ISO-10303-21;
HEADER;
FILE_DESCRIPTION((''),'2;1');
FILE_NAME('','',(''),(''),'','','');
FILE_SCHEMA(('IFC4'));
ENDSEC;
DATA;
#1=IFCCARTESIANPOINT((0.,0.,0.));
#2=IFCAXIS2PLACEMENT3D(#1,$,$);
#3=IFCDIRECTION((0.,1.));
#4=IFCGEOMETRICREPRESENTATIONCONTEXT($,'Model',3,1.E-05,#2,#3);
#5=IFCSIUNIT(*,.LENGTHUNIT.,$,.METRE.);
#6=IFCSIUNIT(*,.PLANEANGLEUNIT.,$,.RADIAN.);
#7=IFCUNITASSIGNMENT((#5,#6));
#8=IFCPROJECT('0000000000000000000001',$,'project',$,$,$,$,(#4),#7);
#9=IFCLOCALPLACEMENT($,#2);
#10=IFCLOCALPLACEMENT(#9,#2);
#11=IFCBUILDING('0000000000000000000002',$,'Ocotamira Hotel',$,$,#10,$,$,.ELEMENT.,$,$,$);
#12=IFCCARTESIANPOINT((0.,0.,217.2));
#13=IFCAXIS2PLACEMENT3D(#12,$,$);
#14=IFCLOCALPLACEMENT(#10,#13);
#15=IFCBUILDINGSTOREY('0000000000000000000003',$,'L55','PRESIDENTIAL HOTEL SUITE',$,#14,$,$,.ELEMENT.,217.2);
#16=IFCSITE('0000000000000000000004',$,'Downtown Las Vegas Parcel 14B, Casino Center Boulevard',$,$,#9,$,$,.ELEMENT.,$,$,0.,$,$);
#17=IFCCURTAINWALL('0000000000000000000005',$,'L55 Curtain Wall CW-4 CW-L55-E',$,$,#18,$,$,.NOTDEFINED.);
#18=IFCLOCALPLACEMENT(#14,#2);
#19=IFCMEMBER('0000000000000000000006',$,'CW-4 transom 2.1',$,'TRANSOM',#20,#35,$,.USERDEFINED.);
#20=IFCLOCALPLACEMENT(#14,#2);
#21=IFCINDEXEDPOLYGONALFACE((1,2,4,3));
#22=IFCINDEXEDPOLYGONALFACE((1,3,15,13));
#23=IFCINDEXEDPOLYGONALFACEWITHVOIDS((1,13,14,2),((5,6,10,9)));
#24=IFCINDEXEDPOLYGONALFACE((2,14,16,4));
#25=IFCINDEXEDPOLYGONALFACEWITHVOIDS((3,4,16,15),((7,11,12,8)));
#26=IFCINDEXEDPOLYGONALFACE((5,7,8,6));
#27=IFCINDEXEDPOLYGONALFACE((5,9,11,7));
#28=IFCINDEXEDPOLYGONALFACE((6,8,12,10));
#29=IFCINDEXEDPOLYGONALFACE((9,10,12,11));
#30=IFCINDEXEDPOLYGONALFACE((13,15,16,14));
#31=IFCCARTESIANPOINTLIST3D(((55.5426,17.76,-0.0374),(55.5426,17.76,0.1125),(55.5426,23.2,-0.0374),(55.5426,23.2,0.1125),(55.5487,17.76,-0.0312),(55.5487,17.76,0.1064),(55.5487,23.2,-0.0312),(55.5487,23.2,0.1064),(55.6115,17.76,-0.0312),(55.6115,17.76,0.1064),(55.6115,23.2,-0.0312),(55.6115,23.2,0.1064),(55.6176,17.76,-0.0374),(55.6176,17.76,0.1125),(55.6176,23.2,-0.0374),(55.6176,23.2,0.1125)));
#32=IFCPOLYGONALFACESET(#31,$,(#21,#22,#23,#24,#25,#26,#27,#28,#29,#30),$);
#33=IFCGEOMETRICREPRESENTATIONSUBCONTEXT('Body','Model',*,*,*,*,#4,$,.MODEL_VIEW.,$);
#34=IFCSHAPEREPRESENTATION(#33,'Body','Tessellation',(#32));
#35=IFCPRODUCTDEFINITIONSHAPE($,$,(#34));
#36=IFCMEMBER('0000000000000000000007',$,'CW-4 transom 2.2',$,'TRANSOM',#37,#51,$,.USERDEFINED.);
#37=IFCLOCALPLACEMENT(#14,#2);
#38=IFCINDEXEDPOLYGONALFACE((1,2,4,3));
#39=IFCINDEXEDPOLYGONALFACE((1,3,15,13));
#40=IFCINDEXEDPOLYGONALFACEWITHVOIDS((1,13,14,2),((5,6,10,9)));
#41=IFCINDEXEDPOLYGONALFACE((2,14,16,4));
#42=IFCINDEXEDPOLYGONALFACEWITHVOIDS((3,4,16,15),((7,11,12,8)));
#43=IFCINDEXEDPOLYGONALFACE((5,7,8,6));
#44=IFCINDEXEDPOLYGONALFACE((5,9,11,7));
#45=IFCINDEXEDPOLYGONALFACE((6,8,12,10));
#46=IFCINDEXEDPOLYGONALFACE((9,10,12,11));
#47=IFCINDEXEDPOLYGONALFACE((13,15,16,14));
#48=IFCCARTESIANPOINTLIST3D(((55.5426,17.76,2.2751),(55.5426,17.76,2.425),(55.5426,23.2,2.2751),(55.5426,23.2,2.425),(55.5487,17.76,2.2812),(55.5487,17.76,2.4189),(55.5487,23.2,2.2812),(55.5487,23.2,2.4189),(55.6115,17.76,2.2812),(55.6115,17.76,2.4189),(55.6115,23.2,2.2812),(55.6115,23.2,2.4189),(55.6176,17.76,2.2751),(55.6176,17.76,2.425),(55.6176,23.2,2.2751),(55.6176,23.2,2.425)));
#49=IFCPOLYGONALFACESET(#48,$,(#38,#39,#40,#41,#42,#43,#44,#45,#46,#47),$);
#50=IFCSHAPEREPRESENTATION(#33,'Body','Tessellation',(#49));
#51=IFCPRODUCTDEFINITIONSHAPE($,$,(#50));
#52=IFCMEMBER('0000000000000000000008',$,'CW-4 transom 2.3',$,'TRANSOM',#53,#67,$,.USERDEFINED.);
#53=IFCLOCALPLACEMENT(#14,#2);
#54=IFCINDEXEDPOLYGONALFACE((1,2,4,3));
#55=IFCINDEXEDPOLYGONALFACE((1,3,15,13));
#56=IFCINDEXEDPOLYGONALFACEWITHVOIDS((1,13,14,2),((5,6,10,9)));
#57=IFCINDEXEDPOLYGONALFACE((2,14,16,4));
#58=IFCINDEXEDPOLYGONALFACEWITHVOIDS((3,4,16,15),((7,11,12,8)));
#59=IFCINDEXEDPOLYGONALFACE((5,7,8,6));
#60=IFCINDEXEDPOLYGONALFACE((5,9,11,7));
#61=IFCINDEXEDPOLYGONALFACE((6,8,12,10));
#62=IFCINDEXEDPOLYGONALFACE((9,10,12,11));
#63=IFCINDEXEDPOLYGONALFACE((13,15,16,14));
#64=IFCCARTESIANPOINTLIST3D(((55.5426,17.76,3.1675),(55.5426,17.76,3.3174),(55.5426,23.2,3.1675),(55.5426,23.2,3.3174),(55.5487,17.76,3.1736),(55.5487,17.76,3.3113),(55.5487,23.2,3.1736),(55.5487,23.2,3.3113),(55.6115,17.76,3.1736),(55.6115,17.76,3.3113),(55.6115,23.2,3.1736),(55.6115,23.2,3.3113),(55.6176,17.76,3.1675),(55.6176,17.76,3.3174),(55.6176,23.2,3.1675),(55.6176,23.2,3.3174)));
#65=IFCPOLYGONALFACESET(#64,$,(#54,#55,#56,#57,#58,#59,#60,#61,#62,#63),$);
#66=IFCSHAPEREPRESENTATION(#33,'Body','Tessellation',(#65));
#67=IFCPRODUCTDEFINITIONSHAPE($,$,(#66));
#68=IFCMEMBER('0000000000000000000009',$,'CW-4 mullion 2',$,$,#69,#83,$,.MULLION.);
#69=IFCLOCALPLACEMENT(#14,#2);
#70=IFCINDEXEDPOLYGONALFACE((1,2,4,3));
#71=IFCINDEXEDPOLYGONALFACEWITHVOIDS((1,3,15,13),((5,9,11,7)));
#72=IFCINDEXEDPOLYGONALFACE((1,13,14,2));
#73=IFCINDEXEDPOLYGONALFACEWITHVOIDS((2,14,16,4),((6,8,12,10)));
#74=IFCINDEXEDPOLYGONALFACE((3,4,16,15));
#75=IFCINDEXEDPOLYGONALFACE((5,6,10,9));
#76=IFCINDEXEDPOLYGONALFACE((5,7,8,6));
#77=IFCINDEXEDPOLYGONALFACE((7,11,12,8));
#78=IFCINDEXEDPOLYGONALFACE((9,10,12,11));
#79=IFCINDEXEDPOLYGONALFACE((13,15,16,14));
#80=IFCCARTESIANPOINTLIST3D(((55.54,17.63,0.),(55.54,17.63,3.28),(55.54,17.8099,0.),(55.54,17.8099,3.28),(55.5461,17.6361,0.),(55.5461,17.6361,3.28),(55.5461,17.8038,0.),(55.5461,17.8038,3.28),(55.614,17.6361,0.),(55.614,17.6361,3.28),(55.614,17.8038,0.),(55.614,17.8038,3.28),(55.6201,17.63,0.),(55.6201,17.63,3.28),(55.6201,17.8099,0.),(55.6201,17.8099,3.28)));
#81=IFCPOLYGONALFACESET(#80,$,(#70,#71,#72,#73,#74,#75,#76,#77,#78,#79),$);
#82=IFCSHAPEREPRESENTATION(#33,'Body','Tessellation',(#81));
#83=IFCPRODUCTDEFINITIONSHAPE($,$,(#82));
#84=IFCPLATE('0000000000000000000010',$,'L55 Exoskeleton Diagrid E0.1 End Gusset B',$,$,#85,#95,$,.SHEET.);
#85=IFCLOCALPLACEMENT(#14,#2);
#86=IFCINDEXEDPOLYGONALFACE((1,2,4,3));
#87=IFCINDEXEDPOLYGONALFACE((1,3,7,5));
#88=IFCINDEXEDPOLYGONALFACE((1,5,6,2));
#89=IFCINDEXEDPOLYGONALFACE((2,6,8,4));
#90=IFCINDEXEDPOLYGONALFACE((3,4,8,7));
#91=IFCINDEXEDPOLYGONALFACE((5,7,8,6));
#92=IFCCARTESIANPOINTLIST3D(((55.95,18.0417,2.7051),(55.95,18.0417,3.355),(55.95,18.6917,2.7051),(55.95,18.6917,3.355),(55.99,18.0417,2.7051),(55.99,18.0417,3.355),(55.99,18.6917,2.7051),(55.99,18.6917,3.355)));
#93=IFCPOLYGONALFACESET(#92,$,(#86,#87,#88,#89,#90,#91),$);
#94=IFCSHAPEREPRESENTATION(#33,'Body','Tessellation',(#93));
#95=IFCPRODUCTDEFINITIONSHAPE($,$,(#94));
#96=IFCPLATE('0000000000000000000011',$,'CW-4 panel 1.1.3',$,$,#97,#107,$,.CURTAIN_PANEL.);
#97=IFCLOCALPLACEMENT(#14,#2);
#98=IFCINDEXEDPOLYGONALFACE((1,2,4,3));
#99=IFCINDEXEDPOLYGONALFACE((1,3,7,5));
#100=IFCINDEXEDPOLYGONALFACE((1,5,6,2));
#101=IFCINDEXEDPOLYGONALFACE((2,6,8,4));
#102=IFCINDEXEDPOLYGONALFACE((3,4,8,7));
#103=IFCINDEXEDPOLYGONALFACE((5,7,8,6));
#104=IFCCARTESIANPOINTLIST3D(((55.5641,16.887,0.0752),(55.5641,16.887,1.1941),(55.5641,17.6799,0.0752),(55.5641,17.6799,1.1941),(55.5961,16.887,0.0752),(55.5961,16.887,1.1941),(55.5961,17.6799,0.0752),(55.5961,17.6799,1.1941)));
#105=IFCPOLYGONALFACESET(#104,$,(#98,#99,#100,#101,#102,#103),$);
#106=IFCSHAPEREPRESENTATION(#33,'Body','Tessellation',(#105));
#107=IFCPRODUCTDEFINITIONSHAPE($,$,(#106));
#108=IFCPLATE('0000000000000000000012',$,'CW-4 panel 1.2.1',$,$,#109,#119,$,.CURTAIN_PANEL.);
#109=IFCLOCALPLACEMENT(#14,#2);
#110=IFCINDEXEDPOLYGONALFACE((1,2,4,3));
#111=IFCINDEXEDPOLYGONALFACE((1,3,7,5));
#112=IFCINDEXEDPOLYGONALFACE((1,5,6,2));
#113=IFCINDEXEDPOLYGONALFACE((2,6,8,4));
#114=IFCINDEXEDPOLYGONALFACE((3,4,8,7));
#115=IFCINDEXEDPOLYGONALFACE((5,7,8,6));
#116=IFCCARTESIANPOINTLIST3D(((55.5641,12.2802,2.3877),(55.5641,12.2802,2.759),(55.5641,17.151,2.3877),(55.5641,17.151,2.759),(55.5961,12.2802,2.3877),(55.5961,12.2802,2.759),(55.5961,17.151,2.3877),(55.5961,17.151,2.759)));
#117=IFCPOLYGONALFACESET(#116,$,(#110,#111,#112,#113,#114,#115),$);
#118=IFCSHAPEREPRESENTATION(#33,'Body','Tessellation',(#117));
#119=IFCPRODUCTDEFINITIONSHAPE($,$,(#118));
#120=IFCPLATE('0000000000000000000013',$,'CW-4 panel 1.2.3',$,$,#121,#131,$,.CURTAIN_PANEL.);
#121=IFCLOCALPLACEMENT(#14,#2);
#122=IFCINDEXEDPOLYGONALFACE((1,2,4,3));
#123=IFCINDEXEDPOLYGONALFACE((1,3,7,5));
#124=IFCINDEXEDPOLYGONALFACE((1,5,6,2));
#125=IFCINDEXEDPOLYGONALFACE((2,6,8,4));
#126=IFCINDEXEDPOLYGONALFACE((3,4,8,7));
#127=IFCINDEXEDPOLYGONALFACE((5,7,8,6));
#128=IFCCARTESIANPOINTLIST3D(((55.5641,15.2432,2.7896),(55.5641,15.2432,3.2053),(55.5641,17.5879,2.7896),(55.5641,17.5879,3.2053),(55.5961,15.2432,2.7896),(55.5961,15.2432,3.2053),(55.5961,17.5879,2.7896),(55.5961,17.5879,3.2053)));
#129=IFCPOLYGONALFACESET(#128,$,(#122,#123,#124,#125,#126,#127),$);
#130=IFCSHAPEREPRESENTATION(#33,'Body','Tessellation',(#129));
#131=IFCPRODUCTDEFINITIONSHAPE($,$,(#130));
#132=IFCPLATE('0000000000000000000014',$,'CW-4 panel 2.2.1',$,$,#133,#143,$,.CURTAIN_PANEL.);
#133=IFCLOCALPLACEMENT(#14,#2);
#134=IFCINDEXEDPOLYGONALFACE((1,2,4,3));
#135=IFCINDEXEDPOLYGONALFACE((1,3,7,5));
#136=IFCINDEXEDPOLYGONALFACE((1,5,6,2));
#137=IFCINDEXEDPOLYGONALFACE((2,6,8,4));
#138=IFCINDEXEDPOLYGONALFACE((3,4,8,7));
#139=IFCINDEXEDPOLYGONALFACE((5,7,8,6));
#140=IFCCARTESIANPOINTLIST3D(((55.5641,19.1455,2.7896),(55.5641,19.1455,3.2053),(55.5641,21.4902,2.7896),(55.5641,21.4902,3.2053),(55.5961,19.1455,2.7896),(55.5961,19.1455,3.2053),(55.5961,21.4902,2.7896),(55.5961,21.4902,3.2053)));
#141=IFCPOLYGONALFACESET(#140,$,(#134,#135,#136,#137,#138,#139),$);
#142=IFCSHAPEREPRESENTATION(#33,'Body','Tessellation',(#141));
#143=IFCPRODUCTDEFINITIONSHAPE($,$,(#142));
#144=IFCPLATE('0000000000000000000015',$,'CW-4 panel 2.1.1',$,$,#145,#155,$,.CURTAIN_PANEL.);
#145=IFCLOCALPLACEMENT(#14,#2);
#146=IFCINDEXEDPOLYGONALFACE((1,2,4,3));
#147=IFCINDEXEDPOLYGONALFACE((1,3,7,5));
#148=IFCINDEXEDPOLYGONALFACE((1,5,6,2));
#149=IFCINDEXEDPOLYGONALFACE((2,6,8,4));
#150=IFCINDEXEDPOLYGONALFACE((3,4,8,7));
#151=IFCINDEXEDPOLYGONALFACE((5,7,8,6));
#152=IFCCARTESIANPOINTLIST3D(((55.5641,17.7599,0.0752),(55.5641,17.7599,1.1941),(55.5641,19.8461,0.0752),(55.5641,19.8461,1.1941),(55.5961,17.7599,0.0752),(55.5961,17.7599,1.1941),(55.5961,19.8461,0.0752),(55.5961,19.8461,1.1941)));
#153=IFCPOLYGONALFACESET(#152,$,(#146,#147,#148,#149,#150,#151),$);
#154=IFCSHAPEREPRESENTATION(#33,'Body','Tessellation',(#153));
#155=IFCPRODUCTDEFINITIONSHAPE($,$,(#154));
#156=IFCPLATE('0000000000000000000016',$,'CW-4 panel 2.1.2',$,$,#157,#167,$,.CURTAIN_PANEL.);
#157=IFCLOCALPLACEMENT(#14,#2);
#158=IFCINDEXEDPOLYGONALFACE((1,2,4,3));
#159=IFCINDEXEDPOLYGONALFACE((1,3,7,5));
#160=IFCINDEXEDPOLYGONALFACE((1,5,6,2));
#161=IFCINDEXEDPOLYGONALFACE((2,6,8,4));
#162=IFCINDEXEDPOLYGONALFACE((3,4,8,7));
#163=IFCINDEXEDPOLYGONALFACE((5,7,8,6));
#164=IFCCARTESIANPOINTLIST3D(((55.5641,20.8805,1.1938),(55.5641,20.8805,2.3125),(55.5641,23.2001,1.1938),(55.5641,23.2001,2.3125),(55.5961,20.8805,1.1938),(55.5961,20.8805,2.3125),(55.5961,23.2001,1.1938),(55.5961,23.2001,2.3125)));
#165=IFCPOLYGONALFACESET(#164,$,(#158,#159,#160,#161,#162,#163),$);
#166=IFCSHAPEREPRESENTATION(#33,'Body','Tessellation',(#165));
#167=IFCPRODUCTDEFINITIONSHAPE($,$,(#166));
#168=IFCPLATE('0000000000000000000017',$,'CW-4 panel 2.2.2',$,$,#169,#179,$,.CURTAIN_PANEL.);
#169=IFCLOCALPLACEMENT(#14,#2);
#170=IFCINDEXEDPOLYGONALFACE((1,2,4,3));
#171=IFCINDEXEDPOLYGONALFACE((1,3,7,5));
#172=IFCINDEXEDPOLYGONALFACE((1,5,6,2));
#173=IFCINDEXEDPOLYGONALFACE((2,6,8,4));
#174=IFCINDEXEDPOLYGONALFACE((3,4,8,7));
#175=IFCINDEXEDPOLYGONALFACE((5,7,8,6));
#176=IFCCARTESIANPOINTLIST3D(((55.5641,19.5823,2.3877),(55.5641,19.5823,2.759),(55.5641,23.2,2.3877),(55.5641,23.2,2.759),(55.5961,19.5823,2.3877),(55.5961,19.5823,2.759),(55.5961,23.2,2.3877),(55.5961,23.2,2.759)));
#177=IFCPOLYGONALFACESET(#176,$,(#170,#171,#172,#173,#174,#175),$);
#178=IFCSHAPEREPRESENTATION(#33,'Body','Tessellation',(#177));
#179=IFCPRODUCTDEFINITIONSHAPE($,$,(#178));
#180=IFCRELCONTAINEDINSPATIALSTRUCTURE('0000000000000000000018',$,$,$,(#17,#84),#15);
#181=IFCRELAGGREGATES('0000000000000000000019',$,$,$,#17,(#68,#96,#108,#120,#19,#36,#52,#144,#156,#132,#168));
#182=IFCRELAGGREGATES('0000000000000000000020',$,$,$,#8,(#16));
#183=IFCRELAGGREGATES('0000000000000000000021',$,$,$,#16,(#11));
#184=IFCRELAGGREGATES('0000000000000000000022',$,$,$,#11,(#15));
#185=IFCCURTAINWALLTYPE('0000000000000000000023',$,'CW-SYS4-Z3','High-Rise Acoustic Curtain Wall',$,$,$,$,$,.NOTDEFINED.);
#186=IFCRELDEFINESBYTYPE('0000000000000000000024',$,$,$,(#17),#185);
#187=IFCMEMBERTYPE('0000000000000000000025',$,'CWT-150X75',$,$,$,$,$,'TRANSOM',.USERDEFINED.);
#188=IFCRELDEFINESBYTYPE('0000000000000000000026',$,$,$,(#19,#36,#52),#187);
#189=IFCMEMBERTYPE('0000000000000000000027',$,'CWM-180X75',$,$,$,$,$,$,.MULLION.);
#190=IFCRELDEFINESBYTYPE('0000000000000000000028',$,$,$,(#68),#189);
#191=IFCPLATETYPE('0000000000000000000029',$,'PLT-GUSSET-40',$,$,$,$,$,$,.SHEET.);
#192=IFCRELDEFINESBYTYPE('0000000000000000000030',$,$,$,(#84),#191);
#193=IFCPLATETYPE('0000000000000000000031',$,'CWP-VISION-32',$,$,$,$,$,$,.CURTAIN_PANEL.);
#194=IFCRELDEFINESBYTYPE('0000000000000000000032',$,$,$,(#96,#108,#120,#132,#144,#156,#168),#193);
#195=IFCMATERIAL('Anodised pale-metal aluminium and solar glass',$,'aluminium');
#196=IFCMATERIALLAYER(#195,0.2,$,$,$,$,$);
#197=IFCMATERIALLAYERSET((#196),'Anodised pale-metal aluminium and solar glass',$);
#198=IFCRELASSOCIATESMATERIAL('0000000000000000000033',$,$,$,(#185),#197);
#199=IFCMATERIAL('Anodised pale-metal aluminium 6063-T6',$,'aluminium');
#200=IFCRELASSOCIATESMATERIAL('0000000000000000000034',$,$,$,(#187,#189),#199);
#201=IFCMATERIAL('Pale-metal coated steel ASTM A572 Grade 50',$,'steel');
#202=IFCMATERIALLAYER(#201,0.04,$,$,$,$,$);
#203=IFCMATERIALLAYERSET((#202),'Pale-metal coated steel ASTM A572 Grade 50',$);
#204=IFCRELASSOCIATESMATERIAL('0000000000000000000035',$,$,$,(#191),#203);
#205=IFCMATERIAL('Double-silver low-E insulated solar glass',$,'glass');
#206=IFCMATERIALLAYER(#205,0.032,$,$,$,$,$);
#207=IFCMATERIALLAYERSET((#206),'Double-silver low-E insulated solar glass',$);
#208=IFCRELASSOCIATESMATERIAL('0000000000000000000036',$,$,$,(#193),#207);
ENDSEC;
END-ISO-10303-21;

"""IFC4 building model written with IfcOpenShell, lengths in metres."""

from ifc_helpers import new_model, si_unit, direction, frame, origin, origin_2d, place, context, subcontext, project, spatial, rectangle, hollow_rectangle, extrude, source, transform, mapped, material, layer, layer_set, material_profile, profile_set, type_object, element, aggregate, save


model = new_model("IFC4")

# Units and contexts
model_context = context("Model", 3, precision=1e-05, world=origin(), true_north=direction((0.0, 1.0)))
body_context = subcontext(model_context, "Body", "Model", "MODEL_VIEW")
ifc_project = project(units=[si_unit("LENGTHUNIT", "METRE"), si_unit("PLANEANGLEUNIT", "RADIAN")], contexts=[model_context])

# Site, building, storey
site_placement = place(None, origin())
site = spatial("IfcSite", under=ifc_project, at=site_placement, Name="Downtown Las Vegas Parcel 14B, Casino Center Boulevard", CompositionType="ELEMENT", RefElevation=0.0)
building_placement = place(site_placement, origin())
building = spatial("IfcBuilding", under=site, at=building_placement, Name="Ocotamira Hotel", CompositionType="ELEMENT")
storey_placement = place(building_placement, frame((0.0, 0.0, 217.2)))
storey = spatial("IfcBuildingStorey", under=building, at=storey_placement, Name="L55", Description="PRESIDENTIAL HOTEL SUITE", CompositionType="ELEMENT", Elevation=217.2)

# Curtain wall, members
ifc_material_1 = material(Name="Anodised pale-metal aluminium and solar glass", Category="aluminium")
ifc_layer_1 = layer(ifc_material_1, 0.2)
ifc_layer_set_1 = layer_set([ifc_layer_1], Name="Anodised pale-metal aluminium and solar glass")
curtain_wall_type = type_object("IfcCurtainWallType", Name="CW-SYS4-Z3", Description="High-Rise Acoustic Curtain Wall", PredefinedType="NOTDEFINED", material=ifc_layer_set_1)
curtain_wall_placement = place(storey_placement, origin())
curtain_wall = element("IfcCurtainWall", 1, at=curtain_wall_placement, inside=storey, type_object=curtain_wall_type, Name="L55 Curtain Wall CW-4 CW-L55-E", PredefinedType="NOTDEFINED")
ifc_material_2 = material(Name="Anodised pale-metal aluminium 6063-T6", Category="aluminium")
ifc_material_profile_1 = material_profile(ifc_material_2, hollow_rectangle(XDim=0.075, YDim=0.1499, WallThickness=0.0061, at=origin_2d()), Name="HSS150X75X6")
ifc_profile_set_1 = profile_set([ifc_material_profile_1], Name="Anodised pale-metal aluminium 6063-T6")
member_type_1 = type_object("IfcMemberType", Name="CWT-150X75", ElementType="TRANSOM", PredefinedType="USERDEFINED", material=ifc_profile_set_1)
shared_shape_1 = source(origin(), body_context, "Body", "SweptSolid", [
    extrude(hollow_rectangle(XDim=0.075, YDim=0.1499, WallThickness=0.0061, at=origin_2d()), origin(), (0.0, 0.0, 1.0), 5.4399),
])
member_1_placement = place(storey_placement, frame((55.5801, 17.76, 0.0376), z_axis=(0.0, 1.0, 0.0), x_axis=(-1.0, 0.0, 0.0)))
member_1 = element("IfcMember", 2, at=member_1_placement, type_object=member_type_1, Name="CW-4 transom 2.1", ObjectType="TRANSOM", PredefinedType="USERDEFINED", context=body_context, shape_type="MappedRepresentation", body=[
    mapped(shared_shape_1, transform((0.0, 0.0, 0.0), scale=1.0)),
])
member_2_placement = place(storey_placement, frame((55.5801, 17.76, 2.3501), z_axis=(0.0, 1.0, 0.0), x_axis=(-1.0, 0.0, 0.0)))
member_2 = element("IfcMember", 3, at=member_2_placement, type_object=member_type_1, Name="CW-4 transom 2.2", ObjectType="TRANSOM", PredefinedType="USERDEFINED", context=body_context, shape_type="MappedRepresentation", body=[
    mapped(shared_shape_1, transform((0.0, 0.0, 0.0), scale=1.0)),
])
member_3_placement = place(storey_placement, frame((55.5801, 17.76, 3.2424), z_axis=(0.0, 1.0, 0.0), x_axis=(-1.0, 0.0, 0.0)))
member_3 = element("IfcMember", 4, at=member_3_placement, type_object=member_type_1, Name="CW-4 transom 2.3", ObjectType="TRANSOM", PredefinedType="USERDEFINED", context=body_context, shape_type="MappedRepresentation", body=[
    mapped(shared_shape_1, transform((0.0, 0.0, 0.0), scale=1.0)),
])
ifc_material_profile_2 = material_profile(ifc_material_2, hollow_rectangle(XDim=0.0801, YDim=0.1799, WallThickness=0.0061, at=origin_2d()), Name="HSS180X80X6")
ifc_profile_set_2 = profile_set([ifc_material_profile_2], Name="Anodised pale-metal aluminium 6063-T6")
member_type_2 = type_object("IfcMemberType", Name="CWM-180X75", PredefinedType="MULLION", material=ifc_profile_set_2)
shared_shape_2 = source(origin(), body_context, "Body", "SweptSolid", [
    extrude(hollow_rectangle(XDim=0.0801, YDim=0.1799, WallThickness=0.0061, at=origin_2d()), origin(), (0.0, 0.0, 1.0), 3.28),
])
member_4_placement = place(storey_placement, frame((55.5801, 17.72, 0.0), z_axis=(0.0, 0.0, 1.0), x_axis=(-1.0, 0.0, 0.0)))
member_4 = element("IfcMember", 5, at=member_4_placement, type_object=member_type_2, Name="CW-4 mullion 2", PredefinedType="MULLION", context=body_context, shape_type="MappedRepresentation", body=[
    mapped(shared_shape_2, transform((0.0, 0.0, 0.0), scale=1.0)),
])

# Plates
ifc_material_3 = material(Name="Pale-metal coated steel ASTM A572 Grade 50", Category="steel")
ifc_layer_2 = layer(ifc_material_3, 0.04)
ifc_layer_set_2 = layer_set([ifc_layer_2], Name="Pale-metal coated steel ASTM A572 Grade 50")
plate_type_1 = type_object("IfcPlateType", Name="PLT-GUSSET-40", PredefinedType="SHEET", material=ifc_layer_set_2)
shared_shape_3 = source(origin(), body_context, "Body", "SweptSolid", [
    extrude(rectangle(XDim=0.04, YDim=0.6499, at=origin_2d()), origin(), (0.0, 0.0, 1.0), 0.6499),
])
plate_1_placement = place(storey_placement, frame((55.97, 18.3667, 2.7051), z_axis=(0.0, 0.0, 1.0), x_axis=(1.0, 0.0, 0.0)))
element("IfcPlate", 6, at=plate_1_placement, inside=storey, type_object=plate_type_1, Name="L55 Exoskeleton Diagrid E0.1 End Gusset B", PredefinedType="SHEET", context=body_context, shape_type="MappedRepresentation", body=[
    mapped(shared_shape_3, transform((0.0, 0.0, 0.0), scale=1.0)),
])
ifc_material_4 = material(Name="Double-silver low-E insulated solar glass", Category="glass")
ifc_layer_3 = layer(ifc_material_4, 0.032)
ifc_layer_set_3 = layer_set([ifc_layer_3], Name="Double-silver low-E insulated solar glass")
plate_type_2 = type_object("IfcPlateType", Name="CWP-VISION-32", PredefinedType="CURTAIN_PANEL", material=ifc_layer_set_3)
shared_shape_4 = source(origin(), body_context, "Body", "SweptSolid", [
    extrude(rectangle(XDim=0.793, YDim=0.032, at=origin_2d()), origin(), (0.0, 0.0, 1.0), 1.1189),
])
plate_2_placement = place(storey_placement, frame((55.5801, 17.2834, 0.0752), z_axis=(0.0, 0.0, 1.0), x_axis=(0.0, 1.0, 0.0)))
plate_2 = element("IfcPlate", 7, at=plate_2_placement, type_object=plate_type_2, Name="CW-4 panel 1.1.3", PredefinedType="CURTAIN_PANEL", context=body_context, shape_type="MappedRepresentation", body=[
    mapped(shared_shape_4, transform((0.0, 0.0, 0.0), scale=1.0)),
])
shared_shape_5 = source(origin(), body_context, "Body", "SweptSolid", [
    extrude(rectangle(XDim=4.8708, YDim=0.032, at=origin_2d()), origin(), (0.0, 0.0, 1.0), 0.3713),
])
plate_3_placement = place(storey_placement, frame((55.5801, 14.7156, 2.3877), z_axis=(0.0, 0.0, 1.0), x_axis=(0.0, 1.0, 0.0)))
plate_3 = element("IfcPlate", 8, at=plate_3_placement, type_object=plate_type_2, Name="CW-4 panel 1.2.1", PredefinedType="CURTAIN_PANEL", context=body_context, shape_type="MappedRepresentation", body=[
    mapped(shared_shape_5, transform((0.0, 0.0, 0.0), scale=1.0)),
])
shared_shape_6 = source(origin(), body_context, "Body", "SweptSolid", [
    extrude(rectangle(XDim=2.3447, YDim=0.032, at=origin_2d()), origin(), (0.0, 0.0, 1.0), 0.4158),
])
plate_4_placement = place(storey_placement, frame((55.5801, 16.4155, 2.7896), z_axis=(0.0, 0.0, 1.0), x_axis=(0.0, 1.0, 0.0)))
plate_4 = element("IfcPlate", 9, at=plate_4_placement, type_object=plate_type_2, Name="CW-4 panel 1.2.3", PredefinedType="CURTAIN_PANEL", context=body_context, shape_type="MappedRepresentation", body=[
    mapped(shared_shape_6, transform((0.0, 0.0, 0.0), scale=1.0)),
])
plate_5_placement = place(storey_placement, frame((55.5801, 20.3179, 2.7896), z_axis=(0.0, 0.0, 1.0), x_axis=(0.0, 1.0, 0.0)))
plate_5 = element("IfcPlate", 10, at=plate_5_placement, type_object=plate_type_2, Name="CW-4 panel 2.2.1", PredefinedType="CURTAIN_PANEL", context=body_context, shape_type="MappedRepresentation", body=[
    mapped(shared_shape_6, transform((0.0, 0.0, 0.0), scale=1.0)),
])
shared_shape_7 = source(origin(), body_context, "Body", "SweptSolid", [
    extrude(rectangle(XDim=2.0862, YDim=0.032, at=origin_2d()), origin(), (0.0, 0.0, 1.0), 1.1189),
])
plate_6_placement = place(storey_placement, frame((55.5801, 18.803, 0.0752), z_axis=(0.0, 0.0, 1.0), x_axis=(0.0, 1.0, 0.0)))
plate_6 = element("IfcPlate", 11, at=plate_6_placement, type_object=plate_type_2, Name="CW-4 panel 2.1.1", PredefinedType="CURTAIN_PANEL", context=body_context, shape_type="MappedRepresentation", body=[
    mapped(shared_shape_7, transform((0.0, 0.0, 0.0), scale=1.0)),
])
shared_shape_8 = source(origin(), body_context, "Body", "SweptSolid", [
    extrude(rectangle(XDim=2.3196, YDim=0.032, at=origin_2d()), origin(), (0.0, 0.0, 1.0), 1.1187),
])
plate_7_placement = place(storey_placement, frame((55.5801, 22.0403, 1.1938), z_axis=(0.0, 0.0, 1.0), x_axis=(0.0, 1.0, 0.0)))
plate_7 = element("IfcPlate", 12, at=plate_7_placement, type_object=plate_type_2, Name="CW-4 panel 2.1.2", PredefinedType="CURTAIN_PANEL", context=body_context, shape_type="MappedRepresentation", body=[
    mapped(shared_shape_8, transform((0.0, 0.0, 0.0), scale=1.0)),
])
shared_shape_9 = source(origin(), body_context, "Body", "SweptSolid", [
    extrude(rectangle(XDim=3.6177, YDim=0.032, at=origin_2d()), origin(), (0.0, 0.0, 1.0), 0.3713),
])
plate_8_placement = place(storey_placement, frame((55.5801, 21.3911, 2.3877), z_axis=(0.0, 0.0, 1.0), x_axis=(0.0, 1.0, 0.0)))
plate_8 = element("IfcPlate", 13, at=plate_8_placement, type_object=plate_type_2, Name="CW-4 panel 2.2.2", PredefinedType="CURTAIN_PANEL", context=body_context, shape_type="MappedRepresentation", body=[
    mapped(shared_shape_9, transform((0.0, 0.0, 0.0), scale=1.0)),
])
aggregate(curtain_wall, [member_4, plate_2, plate_3, plate_4, member_1, member_2, member_3, plate_6, plate_7, plate_5, plate_8])

save(model, "model.ifc")
